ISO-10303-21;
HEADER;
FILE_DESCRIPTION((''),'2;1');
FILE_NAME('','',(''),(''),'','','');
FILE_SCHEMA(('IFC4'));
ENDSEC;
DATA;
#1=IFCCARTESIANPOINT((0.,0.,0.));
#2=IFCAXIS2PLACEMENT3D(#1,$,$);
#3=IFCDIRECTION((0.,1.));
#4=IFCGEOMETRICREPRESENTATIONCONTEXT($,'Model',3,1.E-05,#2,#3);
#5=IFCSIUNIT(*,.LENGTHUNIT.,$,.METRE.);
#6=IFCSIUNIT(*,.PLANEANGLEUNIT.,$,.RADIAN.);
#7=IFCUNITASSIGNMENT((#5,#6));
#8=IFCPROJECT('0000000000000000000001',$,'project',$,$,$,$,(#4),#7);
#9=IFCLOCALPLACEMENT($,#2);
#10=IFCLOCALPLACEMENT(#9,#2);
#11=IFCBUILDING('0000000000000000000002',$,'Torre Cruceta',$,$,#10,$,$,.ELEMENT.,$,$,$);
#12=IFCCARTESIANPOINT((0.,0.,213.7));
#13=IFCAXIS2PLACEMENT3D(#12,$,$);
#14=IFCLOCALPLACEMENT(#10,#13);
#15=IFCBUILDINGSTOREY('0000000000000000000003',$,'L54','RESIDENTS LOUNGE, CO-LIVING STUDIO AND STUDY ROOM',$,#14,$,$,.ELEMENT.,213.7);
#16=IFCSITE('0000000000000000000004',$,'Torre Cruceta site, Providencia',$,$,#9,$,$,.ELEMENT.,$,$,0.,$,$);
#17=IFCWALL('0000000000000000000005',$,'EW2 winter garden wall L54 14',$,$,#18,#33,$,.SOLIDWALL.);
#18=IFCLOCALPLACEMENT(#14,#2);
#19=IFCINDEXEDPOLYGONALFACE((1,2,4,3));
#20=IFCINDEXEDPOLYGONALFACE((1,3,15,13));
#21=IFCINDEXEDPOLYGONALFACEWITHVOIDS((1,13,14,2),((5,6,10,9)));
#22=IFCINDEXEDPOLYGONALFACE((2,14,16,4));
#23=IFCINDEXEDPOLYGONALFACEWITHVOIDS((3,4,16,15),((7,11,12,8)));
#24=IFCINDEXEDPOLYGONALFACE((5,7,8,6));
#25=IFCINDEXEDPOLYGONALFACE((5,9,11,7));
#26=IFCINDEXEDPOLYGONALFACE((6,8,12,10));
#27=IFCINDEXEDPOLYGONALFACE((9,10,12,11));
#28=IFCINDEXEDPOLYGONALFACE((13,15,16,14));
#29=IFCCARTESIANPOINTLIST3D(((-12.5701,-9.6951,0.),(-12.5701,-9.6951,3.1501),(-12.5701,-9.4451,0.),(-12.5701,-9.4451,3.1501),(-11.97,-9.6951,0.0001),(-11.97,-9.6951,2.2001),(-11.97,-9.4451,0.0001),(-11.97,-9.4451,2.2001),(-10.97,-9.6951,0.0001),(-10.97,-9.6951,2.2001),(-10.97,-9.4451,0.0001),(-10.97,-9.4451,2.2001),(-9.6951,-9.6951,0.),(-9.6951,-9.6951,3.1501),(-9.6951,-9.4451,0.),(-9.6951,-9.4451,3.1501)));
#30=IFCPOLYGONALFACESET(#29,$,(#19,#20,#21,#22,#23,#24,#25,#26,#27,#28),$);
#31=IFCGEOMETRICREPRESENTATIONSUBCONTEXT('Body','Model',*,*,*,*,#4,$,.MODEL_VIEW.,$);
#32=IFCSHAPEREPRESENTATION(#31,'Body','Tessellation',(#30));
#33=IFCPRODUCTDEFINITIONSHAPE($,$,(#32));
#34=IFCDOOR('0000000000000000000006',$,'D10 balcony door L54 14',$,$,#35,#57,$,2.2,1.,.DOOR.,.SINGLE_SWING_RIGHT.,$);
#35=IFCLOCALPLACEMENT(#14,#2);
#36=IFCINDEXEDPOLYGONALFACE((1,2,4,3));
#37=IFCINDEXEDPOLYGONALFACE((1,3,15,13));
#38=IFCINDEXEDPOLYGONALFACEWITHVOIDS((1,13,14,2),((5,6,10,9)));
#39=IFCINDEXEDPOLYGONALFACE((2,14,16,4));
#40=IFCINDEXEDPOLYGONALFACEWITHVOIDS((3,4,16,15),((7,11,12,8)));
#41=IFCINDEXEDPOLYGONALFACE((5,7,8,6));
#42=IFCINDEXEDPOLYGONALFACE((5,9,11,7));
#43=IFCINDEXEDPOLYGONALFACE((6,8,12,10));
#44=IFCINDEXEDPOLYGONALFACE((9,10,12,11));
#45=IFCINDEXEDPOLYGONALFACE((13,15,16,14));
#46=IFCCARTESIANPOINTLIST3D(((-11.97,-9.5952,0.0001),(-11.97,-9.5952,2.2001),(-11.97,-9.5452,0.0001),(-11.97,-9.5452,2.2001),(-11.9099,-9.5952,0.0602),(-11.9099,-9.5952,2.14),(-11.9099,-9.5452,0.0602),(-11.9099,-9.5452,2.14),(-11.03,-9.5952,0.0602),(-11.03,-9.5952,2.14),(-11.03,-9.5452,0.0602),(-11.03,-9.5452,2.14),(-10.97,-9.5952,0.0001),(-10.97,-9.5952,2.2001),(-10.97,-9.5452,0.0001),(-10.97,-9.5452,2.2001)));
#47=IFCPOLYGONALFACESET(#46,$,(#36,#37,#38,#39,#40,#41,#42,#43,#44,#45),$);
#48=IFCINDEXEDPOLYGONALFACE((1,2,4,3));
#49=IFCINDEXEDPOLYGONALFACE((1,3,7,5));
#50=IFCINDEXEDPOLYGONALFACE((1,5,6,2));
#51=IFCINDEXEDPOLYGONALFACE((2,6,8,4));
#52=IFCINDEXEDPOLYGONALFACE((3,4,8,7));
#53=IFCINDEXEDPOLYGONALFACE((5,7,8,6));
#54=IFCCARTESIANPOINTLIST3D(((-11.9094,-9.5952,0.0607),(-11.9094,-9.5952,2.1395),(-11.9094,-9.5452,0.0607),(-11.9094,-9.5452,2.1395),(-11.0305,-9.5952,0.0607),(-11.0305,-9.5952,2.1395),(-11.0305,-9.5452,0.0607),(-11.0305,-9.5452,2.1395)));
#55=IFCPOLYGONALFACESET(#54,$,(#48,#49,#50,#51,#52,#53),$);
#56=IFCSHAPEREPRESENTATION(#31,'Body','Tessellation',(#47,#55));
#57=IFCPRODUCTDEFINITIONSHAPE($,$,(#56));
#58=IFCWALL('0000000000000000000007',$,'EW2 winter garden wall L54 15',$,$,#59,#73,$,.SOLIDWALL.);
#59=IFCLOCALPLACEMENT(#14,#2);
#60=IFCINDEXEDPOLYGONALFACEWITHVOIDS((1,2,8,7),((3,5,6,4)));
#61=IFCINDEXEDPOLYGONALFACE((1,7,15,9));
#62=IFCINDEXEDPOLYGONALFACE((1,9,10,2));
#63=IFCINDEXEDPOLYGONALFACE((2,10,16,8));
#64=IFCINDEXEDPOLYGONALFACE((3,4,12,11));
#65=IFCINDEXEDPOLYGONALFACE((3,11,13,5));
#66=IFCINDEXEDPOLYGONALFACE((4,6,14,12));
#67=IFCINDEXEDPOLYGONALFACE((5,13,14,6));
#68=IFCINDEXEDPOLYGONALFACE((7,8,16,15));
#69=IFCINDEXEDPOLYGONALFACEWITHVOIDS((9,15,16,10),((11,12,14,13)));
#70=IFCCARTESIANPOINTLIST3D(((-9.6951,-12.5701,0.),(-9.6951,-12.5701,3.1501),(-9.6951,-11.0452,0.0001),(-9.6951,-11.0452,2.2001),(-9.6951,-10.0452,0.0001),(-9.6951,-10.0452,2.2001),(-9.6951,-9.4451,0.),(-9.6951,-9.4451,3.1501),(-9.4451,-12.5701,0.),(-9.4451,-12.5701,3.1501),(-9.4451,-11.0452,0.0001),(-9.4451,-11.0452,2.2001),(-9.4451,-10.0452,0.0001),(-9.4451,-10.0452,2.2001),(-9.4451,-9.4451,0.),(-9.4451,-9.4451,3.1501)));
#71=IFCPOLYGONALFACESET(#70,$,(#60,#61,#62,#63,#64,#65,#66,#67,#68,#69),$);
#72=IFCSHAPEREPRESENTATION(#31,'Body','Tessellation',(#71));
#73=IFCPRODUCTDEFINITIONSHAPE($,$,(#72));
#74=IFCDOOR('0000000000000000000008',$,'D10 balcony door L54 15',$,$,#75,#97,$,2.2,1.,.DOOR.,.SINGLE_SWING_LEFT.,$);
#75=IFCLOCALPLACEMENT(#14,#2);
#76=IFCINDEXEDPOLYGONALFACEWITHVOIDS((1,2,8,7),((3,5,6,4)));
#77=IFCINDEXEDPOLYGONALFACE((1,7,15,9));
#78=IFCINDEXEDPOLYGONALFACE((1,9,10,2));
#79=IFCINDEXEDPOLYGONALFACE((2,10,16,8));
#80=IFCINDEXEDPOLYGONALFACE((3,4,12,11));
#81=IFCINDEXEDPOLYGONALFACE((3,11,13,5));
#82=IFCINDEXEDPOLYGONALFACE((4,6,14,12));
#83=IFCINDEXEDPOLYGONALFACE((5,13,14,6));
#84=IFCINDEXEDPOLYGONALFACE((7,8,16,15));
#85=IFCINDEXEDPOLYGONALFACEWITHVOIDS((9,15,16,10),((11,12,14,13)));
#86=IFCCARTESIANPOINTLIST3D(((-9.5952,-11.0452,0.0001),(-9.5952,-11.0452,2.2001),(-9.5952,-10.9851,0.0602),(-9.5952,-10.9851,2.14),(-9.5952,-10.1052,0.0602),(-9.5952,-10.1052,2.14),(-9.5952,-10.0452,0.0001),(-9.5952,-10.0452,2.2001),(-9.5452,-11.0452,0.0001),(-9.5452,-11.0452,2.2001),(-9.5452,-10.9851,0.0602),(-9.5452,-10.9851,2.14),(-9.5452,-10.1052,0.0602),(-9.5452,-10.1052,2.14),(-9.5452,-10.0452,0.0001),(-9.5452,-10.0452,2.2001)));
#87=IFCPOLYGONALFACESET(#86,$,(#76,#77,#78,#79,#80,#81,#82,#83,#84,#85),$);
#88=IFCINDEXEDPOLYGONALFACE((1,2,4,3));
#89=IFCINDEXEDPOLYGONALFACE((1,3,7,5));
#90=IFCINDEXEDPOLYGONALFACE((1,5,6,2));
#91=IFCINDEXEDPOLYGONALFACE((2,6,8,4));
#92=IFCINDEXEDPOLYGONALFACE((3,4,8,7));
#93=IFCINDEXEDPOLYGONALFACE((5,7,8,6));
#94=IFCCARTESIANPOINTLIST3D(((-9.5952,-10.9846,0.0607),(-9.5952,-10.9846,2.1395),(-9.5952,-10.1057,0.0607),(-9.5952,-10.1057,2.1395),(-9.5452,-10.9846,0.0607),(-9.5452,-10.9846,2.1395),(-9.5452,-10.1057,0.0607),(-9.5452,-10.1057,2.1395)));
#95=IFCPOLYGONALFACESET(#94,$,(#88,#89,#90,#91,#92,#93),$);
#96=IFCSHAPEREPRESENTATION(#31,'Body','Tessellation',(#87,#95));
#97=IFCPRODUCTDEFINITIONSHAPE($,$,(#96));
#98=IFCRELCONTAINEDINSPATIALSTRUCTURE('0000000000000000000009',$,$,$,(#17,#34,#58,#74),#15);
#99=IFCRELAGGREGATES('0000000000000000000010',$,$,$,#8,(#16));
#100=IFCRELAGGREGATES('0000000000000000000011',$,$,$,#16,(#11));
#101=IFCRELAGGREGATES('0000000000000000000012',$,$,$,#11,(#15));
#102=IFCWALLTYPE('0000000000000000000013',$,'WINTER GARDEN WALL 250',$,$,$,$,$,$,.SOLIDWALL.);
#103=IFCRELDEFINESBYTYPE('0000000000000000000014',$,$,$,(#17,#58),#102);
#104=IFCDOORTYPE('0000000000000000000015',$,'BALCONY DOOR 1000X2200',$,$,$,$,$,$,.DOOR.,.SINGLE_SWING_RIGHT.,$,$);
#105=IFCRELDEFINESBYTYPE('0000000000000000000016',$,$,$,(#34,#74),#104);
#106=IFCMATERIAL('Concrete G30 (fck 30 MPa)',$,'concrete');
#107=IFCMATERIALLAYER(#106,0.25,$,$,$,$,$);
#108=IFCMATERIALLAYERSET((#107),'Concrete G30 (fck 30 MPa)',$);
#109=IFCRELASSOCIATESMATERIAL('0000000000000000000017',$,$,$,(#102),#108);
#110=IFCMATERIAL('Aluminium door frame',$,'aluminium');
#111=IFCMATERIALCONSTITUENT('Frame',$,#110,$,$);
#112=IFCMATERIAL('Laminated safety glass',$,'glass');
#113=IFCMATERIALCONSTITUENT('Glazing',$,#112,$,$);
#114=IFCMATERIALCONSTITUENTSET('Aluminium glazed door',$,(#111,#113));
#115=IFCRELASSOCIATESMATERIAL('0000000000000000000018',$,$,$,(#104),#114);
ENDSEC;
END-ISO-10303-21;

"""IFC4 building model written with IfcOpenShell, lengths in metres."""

from ifc_helpers import new_model, si_unit, direction, frame, frame_2d, origin, place, context, subcontext, project, spatial, rectangle, hollow_rectangle, extrude, material, layer, layer_set, constituent, constituent_set, type_object, element, fill, save


model = new_model("IFC4")

# Units and contexts
model_context = context("Model", 3, precision=1e-05, world=origin(), true_north=direction((0.0, 1.0)))
body_context = subcontext(model_context, "Body", "Model", "MODEL_VIEW")
ifc_project = project(units=[si_unit("LENGTHUNIT", "METRE"), si_unit("PLANEANGLEUNIT", "RADIAN")], contexts=[model_context])

# Site, building, storey
site_placement = place(None, origin())
site = spatial("IfcSite", under=ifc_project, at=site_placement, Name="Torre Cruceta site, Providencia", CompositionType="ELEMENT", RefElevation=0.0)
building_placement = place(site_placement, origin())
building = spatial("IfcBuilding", under=site, at=building_placement, Name="Torre Cruceta", CompositionType="ELEMENT")
storey_placement = place(building_placement, frame((0.0, 0.0, 213.7)))
storey = spatial("IfcBuildingStorey", under=building, at=storey_placement, Name="L54", Description="RESIDENTS LOUNGE, CO-LIVING STUDIO AND STUDY ROOM", CompositionType="ELEMENT", Elevation=213.7)

# Walls, openings, doors
ifc_material_1 = material(Name="Concrete G30 (fck 30 MPa)", Category="concrete")
ifc_layer_1 = layer(ifc_material_1, 0.25)
ifc_layer_set_1 = layer_set([ifc_layer_1], Name="Concrete G30 (fck 30 MPa)")
wall_type_1 = type_object("IfcWallType", Name="WINTER GARDEN WALL 250", PredefinedType="SOLIDWALL", material=ifc_layer_set_1)
wall_1_placement = place(storey_placement, frame((-12.5701, -9.5701, 0.0), z_axis=(0.0, 0.0, 1.0), x_axis=(1.0, 0.0, 0.0)))
wall_1 = element("IfcWall", 1, at=wall_1_placement, inside=storey, type_object=wall_type_1, Name="EW2 winter garden wall L54 14", PredefinedType="SOLIDWALL", context=body_context, shape_type="SweptSolid", body=[
    extrude(rectangle(XDim=2.875, YDim=0.25, at=frame_2d((1.4375, 0.0))), origin(), (0.0, 0.0, 1.0), 3.1501),
])
opening_1_placement = place(wall_1_placement, frame((0.6001, 0.0, 0.0)))
opening_1 = element("IfcOpeningElement", 2, at=opening_1_placement, cuts=wall_1, PredefinedType="OPENING", context=body_context, shape_type="SweptSolid", body=[
    extrude(rectangle(XDim=1.0, YDim=2.2, at=frame_2d((0.5, 1.1001))), frame((0.0, 0.135, 0.0), z_axis=(0.0, -1.0, 0.0), x_axis=(1.0, 0.0, 0.0)), (0.0, 0.0, 1.0), 0.27),
])
ifc_material_2 = material(Name="Aluminium door frame", Category="aluminium")
ifc_constituent_1 = constituent(ifc_material_2, Name="Frame")
ifc_material_3 = material(Name="Laminated safety glass", Category="glass")
ifc_constituent_2 = constituent(ifc_material_3, Name="Glazing")
ifc_constituent_set_1 = constituent_set(constituents=[ifc_constituent_1, ifc_constituent_2], Name="Aluminium glazed door")
door_type_1 = type_object("IfcDoorType", Name="BALCONY DOOR 1000X2200", OperationType="SINGLE_SWING_RIGHT", PredefinedType="DOOR", material=ifc_constituent_set_1)
door_1_placement = place(opening_1_placement, origin())
door_1 = element("IfcDoor", 3, at=door_1_placement, inside=storey, type_object=door_type_1, Name="D10 balcony door L54 14", OperationType="SINGLE_SWING_RIGHT", OverallHeight=2.2, OverallWidth=1.0, PredefinedType="DOOR", context=body_context, shape_type="SweptSolid", body=[
    extrude(hollow_rectangle(XDim=1.0, YDim=2.2, WallThickness=0.0601, at=frame_2d((0.5, 1.1001))), frame((0.0, 0.0249, 0.0), z_axis=(0.0, -1.0, 0.0), x_axis=(1.0, 0.0, 0.0)), (0.0, 0.0, 1.0), 0.05),
    extrude(rectangle(XDim=0.8789, YDim=2.0789, at=frame_2d((0.5, 1.1001))), frame((0.0, 0.0249, 0.0), z_axis=(0.0, -1.0, 0.0), x_axis=(1.0, 0.0, 0.0)), (0.0, 0.0, 1.0), 0.05),
])
fill(opening_1, door_1)
wall_2_placement = place(storey_placement, frame((-9.5701, -9.4451, 0.0), z_axis=(0.0, 0.0, 1.0), x_axis=(0.0, -1.0, 0.0)))
wall_2 = element("IfcWall", 4, at=wall_2_placement, inside=storey, type_object=wall_type_1, Name="EW2 winter garden wall L54 15", PredefinedType="SOLIDWALL", context=body_context, shape_type="SweptSolid", body=[
    extrude(rectangle(XDim=3.125, YDim=0.25, at=frame_2d((1.5625, 0.0))), origin(), (0.0, 0.0, 1.0), 3.1501),
])
opening_2_placement = place(wall_2_placement, frame((0.6001, 0.0, 0.0)))
opening_2 = element("IfcOpeningElement", 5, at=opening_2_placement, cuts=wall_2, PredefinedType="OPENING", context=body_context, shape_type="SweptSolid", body=[
    extrude(rectangle(XDim=1.0, YDim=2.2, at=frame_2d((0.5, 1.1001))), frame((0.0, 0.135, 0.0), z_axis=(0.0, -1.0, 0.0), x_axis=(1.0, 0.0, 0.0)), (0.0, 0.0, 1.0), 0.27),
])
door_2_placement = place(opening_2_placement, origin())
door_2 = element("IfcDoor", 6, at=door_2_placement, inside=storey, type_object=door_type_1, Name="D10 balcony door L54 15", OperationType="SINGLE_SWING_LEFT", OverallHeight=2.2, OverallWidth=1.0, PredefinedType="DOOR", context=body_context, shape_type="SweptSolid", body=[
    extrude(hollow_rectangle(XDim=1.0, YDim=2.2, WallThickness=0.0601, at=frame_2d((0.5, 1.1001))), frame((0.0, 0.0249, 0.0), z_axis=(0.0, -1.0, 0.0), x_axis=(1.0, 0.0, 0.0)), (0.0, 0.0, 1.0), 0.05),
    extrude(rectangle(XDim=0.8789, YDim=2.0789, at=frame_2d((0.5, 1.1001))), frame((0.0, 0.0249, 0.0), z_axis=(0.0, -1.0, 0.0), x_axis=(1.0, 0.0, 0.0)), (0.0, 0.0, 1.0), 0.05),
])
fill(opening_2, door_2)

save(model, "model.ifc")
